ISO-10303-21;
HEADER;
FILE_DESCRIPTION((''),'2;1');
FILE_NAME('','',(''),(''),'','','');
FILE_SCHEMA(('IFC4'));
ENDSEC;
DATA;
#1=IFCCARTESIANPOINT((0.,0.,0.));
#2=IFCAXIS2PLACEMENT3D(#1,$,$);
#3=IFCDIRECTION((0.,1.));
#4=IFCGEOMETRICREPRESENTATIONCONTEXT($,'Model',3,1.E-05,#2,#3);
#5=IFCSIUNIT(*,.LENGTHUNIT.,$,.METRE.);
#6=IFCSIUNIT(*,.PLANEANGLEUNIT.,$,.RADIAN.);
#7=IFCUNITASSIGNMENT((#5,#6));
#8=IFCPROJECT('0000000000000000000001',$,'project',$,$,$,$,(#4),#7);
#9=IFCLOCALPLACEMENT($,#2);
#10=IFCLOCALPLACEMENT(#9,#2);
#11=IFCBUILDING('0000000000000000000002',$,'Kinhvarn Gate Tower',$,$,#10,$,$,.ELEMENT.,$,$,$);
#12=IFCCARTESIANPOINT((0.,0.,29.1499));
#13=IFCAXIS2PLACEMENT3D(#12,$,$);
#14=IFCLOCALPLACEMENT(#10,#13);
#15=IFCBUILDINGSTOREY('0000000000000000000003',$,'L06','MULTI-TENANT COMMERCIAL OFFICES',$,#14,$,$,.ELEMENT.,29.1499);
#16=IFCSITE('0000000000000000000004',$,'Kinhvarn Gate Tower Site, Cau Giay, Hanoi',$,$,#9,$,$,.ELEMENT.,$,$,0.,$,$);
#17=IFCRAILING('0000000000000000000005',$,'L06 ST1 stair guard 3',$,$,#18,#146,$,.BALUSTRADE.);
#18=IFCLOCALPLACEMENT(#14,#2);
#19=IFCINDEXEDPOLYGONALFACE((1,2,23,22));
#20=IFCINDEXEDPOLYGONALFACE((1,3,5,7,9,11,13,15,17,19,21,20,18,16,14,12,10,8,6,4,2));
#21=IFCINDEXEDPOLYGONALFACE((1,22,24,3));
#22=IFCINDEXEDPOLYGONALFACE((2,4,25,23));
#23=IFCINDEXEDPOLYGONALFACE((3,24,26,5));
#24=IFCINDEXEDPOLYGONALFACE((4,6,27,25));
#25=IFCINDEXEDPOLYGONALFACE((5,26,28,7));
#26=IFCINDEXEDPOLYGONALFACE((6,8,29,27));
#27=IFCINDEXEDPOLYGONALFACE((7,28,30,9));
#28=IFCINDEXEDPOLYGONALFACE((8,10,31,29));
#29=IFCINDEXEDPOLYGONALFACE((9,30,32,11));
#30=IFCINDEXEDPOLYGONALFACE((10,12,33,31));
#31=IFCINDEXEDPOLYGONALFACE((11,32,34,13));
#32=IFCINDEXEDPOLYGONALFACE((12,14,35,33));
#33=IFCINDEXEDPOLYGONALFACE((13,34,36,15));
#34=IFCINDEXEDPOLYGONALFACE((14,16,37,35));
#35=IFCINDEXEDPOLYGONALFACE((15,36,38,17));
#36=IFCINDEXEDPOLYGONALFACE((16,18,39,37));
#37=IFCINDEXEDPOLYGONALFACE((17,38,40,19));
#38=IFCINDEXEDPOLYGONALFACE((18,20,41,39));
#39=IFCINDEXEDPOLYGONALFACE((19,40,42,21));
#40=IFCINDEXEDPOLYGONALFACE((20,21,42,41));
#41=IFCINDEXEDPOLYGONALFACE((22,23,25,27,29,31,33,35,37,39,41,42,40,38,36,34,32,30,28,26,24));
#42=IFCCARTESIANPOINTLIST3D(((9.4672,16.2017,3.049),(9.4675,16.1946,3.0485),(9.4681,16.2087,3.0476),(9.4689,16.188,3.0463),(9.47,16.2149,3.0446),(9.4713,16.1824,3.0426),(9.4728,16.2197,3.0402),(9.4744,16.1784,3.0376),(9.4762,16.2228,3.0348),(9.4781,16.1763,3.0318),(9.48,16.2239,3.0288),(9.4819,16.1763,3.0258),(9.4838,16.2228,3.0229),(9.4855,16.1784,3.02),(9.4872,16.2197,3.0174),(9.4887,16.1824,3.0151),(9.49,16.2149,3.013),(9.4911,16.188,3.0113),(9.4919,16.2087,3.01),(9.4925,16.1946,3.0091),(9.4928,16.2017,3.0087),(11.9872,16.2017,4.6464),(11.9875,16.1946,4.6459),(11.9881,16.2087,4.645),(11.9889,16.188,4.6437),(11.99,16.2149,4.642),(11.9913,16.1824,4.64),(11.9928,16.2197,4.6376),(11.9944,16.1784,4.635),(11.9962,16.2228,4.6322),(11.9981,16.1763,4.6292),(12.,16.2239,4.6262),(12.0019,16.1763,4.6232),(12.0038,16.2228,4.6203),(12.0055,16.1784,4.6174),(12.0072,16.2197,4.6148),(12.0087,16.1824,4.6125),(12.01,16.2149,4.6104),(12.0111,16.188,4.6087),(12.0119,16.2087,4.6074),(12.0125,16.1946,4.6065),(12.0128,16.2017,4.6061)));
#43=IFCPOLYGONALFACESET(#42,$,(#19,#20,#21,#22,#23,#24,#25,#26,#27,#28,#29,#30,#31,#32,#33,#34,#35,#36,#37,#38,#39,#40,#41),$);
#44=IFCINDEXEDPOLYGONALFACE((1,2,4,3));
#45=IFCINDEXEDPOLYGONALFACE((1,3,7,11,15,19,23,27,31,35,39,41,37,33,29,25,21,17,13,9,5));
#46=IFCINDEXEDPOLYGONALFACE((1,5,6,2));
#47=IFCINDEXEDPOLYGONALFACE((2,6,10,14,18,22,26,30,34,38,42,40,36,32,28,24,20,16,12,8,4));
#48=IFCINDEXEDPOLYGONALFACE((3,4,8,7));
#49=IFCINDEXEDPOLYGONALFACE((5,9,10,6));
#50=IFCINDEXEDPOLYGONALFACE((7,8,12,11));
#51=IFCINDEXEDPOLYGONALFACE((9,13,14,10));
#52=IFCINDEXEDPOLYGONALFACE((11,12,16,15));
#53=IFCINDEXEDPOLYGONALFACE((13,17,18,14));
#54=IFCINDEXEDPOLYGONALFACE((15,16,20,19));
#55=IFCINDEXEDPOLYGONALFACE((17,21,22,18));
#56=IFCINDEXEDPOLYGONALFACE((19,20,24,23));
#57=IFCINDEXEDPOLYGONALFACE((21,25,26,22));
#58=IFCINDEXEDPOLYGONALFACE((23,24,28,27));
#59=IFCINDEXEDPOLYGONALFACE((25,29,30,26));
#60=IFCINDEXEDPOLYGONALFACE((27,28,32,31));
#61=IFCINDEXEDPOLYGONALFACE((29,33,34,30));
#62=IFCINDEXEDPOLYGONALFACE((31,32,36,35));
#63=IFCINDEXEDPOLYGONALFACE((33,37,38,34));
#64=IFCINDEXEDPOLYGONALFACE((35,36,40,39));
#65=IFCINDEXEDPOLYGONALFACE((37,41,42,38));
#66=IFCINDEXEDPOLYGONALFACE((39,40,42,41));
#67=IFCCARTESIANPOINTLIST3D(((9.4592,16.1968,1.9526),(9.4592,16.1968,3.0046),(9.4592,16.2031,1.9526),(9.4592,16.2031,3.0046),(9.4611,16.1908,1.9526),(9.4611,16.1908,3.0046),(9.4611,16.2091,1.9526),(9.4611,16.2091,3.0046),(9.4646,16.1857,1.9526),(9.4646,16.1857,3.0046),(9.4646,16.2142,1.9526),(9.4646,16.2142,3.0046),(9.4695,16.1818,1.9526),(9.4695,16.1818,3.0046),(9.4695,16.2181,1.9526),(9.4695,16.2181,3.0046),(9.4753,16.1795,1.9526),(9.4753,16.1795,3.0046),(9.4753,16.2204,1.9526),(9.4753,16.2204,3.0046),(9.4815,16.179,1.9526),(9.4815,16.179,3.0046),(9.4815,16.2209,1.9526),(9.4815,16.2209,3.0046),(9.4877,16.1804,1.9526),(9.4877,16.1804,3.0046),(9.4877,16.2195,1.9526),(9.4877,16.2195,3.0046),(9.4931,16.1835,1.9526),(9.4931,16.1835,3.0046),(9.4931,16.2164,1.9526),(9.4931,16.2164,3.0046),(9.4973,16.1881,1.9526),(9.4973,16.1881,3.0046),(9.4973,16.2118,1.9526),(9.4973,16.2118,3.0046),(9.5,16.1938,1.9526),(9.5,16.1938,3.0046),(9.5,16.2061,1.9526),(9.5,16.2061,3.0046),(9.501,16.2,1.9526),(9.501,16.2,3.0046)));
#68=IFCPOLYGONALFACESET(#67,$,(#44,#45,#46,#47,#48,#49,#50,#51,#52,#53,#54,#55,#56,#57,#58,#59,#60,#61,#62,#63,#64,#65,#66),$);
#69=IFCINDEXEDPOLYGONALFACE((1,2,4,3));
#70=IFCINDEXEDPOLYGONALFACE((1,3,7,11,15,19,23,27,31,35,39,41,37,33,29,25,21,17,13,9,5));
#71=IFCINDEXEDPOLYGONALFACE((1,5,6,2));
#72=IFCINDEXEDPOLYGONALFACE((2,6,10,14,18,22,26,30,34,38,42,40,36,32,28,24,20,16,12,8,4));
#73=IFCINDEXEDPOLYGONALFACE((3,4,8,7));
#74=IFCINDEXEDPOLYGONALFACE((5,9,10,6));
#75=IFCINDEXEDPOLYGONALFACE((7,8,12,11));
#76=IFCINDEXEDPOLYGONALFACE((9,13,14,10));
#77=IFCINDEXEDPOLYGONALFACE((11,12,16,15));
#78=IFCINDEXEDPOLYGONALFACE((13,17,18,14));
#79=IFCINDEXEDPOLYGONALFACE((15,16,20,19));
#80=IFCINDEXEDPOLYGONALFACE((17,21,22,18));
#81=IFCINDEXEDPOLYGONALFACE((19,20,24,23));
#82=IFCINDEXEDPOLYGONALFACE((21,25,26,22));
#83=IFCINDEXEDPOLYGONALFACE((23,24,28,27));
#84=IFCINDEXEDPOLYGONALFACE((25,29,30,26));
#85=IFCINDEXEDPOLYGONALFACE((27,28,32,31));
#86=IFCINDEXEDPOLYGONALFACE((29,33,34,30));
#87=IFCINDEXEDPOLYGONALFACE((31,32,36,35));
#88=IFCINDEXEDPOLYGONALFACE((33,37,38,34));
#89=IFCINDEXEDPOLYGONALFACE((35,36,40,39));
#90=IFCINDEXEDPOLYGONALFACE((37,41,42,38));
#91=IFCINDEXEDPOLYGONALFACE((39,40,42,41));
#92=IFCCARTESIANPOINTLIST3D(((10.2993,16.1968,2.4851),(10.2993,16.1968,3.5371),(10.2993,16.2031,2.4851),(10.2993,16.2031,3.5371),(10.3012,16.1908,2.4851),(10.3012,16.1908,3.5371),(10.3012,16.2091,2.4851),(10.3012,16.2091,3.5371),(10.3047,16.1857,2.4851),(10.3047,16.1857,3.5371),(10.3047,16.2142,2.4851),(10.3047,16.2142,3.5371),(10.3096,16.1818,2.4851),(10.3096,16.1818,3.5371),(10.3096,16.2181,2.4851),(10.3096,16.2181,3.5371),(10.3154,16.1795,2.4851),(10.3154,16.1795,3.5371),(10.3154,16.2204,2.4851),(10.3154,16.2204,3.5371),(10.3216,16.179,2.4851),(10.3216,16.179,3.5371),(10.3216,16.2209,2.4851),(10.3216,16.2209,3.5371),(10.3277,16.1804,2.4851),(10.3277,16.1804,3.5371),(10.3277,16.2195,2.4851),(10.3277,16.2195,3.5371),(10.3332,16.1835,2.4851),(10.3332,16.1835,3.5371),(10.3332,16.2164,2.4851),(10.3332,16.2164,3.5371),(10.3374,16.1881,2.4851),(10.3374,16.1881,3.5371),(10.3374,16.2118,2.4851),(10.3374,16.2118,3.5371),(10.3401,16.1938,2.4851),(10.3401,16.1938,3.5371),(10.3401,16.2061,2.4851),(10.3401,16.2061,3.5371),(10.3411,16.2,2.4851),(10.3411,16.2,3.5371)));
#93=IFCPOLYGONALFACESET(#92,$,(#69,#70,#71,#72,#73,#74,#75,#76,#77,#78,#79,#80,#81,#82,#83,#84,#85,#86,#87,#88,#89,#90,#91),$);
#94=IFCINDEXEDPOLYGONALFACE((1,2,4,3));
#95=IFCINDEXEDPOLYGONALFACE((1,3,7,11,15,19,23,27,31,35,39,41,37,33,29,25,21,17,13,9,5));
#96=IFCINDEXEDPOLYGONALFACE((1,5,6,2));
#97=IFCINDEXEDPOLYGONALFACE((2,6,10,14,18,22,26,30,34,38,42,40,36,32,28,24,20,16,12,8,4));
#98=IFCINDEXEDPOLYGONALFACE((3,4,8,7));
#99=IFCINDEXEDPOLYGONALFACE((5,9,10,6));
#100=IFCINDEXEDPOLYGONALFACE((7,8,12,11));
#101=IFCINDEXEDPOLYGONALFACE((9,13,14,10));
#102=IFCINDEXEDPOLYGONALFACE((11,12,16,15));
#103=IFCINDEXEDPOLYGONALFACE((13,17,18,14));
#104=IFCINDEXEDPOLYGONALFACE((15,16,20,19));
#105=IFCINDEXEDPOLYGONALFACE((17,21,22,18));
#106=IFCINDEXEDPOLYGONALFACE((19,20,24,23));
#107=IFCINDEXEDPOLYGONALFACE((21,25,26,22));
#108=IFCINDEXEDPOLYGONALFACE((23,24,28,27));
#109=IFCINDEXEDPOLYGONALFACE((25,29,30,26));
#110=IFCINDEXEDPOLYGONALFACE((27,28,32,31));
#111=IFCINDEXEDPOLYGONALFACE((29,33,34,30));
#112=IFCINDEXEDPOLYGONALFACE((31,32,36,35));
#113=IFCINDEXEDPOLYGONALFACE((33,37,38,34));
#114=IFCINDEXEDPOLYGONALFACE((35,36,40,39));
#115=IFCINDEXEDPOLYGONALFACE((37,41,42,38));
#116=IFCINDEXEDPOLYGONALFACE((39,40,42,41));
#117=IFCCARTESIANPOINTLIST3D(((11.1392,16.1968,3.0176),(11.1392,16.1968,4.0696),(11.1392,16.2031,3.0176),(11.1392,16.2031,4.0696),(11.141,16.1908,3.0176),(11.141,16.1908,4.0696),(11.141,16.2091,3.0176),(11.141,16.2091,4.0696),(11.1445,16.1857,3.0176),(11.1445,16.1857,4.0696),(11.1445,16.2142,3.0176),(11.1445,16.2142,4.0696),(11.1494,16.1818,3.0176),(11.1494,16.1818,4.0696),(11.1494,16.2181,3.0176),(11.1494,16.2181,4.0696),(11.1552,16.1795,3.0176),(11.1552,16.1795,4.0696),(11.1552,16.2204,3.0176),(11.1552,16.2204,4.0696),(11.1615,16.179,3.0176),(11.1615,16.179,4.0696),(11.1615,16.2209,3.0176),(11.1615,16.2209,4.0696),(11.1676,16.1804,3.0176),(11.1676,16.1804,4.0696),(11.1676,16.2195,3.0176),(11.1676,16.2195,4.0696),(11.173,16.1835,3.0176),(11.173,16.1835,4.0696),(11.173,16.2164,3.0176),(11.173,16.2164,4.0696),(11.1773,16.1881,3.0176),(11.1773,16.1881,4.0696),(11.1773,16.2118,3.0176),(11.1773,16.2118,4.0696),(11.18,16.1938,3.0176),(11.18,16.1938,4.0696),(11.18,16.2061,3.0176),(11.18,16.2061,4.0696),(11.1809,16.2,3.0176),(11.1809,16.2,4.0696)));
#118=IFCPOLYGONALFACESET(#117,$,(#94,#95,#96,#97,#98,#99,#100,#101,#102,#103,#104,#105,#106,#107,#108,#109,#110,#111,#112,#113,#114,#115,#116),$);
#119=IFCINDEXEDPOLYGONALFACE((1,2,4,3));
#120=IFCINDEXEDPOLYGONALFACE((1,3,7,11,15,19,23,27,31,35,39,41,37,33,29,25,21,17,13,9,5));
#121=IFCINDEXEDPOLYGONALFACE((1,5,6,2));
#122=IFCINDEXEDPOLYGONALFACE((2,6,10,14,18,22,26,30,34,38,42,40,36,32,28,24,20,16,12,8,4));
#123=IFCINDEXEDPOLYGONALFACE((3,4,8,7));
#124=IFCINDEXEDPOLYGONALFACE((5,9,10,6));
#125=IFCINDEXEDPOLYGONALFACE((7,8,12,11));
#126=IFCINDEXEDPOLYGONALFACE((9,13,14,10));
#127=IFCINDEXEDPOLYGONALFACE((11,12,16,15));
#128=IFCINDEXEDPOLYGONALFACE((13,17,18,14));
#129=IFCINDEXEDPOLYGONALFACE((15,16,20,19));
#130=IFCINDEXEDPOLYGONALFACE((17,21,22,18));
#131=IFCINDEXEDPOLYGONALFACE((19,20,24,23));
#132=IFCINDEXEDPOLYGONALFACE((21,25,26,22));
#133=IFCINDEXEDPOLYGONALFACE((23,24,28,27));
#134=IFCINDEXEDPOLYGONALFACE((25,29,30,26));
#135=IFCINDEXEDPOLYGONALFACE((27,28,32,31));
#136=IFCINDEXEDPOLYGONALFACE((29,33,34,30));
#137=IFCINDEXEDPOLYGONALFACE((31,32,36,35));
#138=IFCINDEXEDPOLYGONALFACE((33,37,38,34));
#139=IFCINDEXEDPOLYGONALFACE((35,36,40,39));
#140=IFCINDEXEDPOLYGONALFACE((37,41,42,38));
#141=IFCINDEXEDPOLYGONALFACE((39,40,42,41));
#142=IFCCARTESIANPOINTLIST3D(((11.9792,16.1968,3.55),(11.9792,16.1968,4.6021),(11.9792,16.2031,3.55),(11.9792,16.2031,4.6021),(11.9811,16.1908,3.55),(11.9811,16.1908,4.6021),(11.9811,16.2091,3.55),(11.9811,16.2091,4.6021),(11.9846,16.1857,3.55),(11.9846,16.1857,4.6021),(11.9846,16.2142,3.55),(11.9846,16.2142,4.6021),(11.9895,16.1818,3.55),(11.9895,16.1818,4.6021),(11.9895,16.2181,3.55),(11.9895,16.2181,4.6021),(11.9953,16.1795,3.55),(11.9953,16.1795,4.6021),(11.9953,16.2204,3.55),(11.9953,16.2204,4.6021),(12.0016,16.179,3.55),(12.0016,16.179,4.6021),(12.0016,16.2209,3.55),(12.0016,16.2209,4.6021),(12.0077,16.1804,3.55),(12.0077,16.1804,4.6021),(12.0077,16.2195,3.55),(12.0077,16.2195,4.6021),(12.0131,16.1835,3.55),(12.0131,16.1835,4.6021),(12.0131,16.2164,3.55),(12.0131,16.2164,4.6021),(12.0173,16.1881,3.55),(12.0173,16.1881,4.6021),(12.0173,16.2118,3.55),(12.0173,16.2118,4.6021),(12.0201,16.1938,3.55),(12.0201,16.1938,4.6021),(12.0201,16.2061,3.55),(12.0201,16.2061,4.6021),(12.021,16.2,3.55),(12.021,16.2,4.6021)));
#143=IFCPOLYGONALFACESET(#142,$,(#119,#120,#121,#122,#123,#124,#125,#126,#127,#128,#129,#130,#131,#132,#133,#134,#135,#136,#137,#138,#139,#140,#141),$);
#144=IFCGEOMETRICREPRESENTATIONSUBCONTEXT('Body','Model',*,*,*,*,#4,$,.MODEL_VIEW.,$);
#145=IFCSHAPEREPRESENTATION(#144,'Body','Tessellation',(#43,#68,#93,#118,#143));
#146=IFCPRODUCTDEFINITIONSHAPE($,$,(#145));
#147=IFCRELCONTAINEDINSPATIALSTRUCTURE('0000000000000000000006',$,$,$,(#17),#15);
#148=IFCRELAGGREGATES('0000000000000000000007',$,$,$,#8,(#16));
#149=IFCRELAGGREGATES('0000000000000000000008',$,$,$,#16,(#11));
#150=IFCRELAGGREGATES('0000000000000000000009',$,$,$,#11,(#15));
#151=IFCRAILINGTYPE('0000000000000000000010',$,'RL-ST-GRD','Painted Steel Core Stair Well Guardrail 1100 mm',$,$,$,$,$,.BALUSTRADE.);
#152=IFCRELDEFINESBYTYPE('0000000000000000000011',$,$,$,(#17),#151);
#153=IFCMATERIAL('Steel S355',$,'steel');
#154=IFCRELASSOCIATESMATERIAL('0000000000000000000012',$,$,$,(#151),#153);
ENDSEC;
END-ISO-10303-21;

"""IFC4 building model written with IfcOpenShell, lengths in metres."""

from ifc_helpers import new_model, si_unit, direction, frame, origin, origin_2d, place, context, subcontext, project, spatial, circle, extrude, material, type_object, element, save


model = new_model("IFC4")

# Units and contexts
model_context = context("Model", 3, precision=1e-05, world=origin(), true_north=direction((0.0, 1.0)))
body_context = subcontext(model_context, "Body", "Model", "MODEL_VIEW")
ifc_project = project(units=[si_unit("LENGTHUNIT", "METRE"), si_unit("PLANEANGLEUNIT", "RADIAN")], contexts=[model_context])

# Site, building, storey
site_placement = place(None, origin())
site = spatial("IfcSite", under=ifc_project, at=site_placement, Name="Kinhvarn Gate Tower Site, Cau Giay, Hanoi", CompositionType="ELEMENT", RefElevation=0.0)
building_placement = place(site_placement, origin())
building = spatial("IfcBuilding", under=site, at=building_placement, Name="Kinhvarn Gate Tower", CompositionType="ELEMENT")
storey_placement = place(building_placement, frame((0.0, 0.0, 29.1499)))
storey = spatial("IfcBuildingStorey", under=building, at=storey_placement, Name="L06", Description="MULTI-TENANT COMMERCIAL OFFICES", CompositionType="ELEMENT", Elevation=29.1499)

# Shared definitions
ifc_material_1 = material(Name="Steel S355", Category="steel")

# Railing
railing_type_1 = type_object("IfcRailingType", Name="RL-ST-GRD", Description="Painted Steel Core Stair Well Guardrail 1100 mm", PredefinedType="BALUSTRADE", material=ifc_material_1)
railing_1_placement = place(storey_placement, frame((9.48, 16.2, 1.9526)))
element("IfcRailing", 1, at=railing_1_placement, inside=storey, type_object=railing_type_1, Name="L06 ST1 stair guard 3", PredefinedType="BALUSTRADE", context=body_context, shape_type="SweptSolid", body=[
    extrude(circle(Radius=0.0239, at=origin_2d()), frame((0.0, 0.0, 1.0762), z_axis=(0.844607, 0.0, 0.535387), x_axis=(0.0, 1.0, 0.0)), (0.0, 0.0, 1.0), 2.9836),
    extrude(circle(Radius=0.021, at=origin_2d()), origin(), (0.0, 0.0, 1.0), 1.052),
    extrude(circle(Radius=0.021, at=origin_2d()), frame((0.8401, 0.0, 0.5325)), (0.0, 0.0, 1.0), 1.052),
    extrude(circle(Radius=0.021, at=origin_2d()), frame((1.6799, 0.0, 1.0649)), (0.0, 0.0, 1.0), 1.052),
    extrude(circle(Radius=0.021, at=origin_2d()), frame((2.52, 0.0, 1.5974)), (0.0, 0.0, 1.0), 1.052),
])

save(model, "model.ifc")
